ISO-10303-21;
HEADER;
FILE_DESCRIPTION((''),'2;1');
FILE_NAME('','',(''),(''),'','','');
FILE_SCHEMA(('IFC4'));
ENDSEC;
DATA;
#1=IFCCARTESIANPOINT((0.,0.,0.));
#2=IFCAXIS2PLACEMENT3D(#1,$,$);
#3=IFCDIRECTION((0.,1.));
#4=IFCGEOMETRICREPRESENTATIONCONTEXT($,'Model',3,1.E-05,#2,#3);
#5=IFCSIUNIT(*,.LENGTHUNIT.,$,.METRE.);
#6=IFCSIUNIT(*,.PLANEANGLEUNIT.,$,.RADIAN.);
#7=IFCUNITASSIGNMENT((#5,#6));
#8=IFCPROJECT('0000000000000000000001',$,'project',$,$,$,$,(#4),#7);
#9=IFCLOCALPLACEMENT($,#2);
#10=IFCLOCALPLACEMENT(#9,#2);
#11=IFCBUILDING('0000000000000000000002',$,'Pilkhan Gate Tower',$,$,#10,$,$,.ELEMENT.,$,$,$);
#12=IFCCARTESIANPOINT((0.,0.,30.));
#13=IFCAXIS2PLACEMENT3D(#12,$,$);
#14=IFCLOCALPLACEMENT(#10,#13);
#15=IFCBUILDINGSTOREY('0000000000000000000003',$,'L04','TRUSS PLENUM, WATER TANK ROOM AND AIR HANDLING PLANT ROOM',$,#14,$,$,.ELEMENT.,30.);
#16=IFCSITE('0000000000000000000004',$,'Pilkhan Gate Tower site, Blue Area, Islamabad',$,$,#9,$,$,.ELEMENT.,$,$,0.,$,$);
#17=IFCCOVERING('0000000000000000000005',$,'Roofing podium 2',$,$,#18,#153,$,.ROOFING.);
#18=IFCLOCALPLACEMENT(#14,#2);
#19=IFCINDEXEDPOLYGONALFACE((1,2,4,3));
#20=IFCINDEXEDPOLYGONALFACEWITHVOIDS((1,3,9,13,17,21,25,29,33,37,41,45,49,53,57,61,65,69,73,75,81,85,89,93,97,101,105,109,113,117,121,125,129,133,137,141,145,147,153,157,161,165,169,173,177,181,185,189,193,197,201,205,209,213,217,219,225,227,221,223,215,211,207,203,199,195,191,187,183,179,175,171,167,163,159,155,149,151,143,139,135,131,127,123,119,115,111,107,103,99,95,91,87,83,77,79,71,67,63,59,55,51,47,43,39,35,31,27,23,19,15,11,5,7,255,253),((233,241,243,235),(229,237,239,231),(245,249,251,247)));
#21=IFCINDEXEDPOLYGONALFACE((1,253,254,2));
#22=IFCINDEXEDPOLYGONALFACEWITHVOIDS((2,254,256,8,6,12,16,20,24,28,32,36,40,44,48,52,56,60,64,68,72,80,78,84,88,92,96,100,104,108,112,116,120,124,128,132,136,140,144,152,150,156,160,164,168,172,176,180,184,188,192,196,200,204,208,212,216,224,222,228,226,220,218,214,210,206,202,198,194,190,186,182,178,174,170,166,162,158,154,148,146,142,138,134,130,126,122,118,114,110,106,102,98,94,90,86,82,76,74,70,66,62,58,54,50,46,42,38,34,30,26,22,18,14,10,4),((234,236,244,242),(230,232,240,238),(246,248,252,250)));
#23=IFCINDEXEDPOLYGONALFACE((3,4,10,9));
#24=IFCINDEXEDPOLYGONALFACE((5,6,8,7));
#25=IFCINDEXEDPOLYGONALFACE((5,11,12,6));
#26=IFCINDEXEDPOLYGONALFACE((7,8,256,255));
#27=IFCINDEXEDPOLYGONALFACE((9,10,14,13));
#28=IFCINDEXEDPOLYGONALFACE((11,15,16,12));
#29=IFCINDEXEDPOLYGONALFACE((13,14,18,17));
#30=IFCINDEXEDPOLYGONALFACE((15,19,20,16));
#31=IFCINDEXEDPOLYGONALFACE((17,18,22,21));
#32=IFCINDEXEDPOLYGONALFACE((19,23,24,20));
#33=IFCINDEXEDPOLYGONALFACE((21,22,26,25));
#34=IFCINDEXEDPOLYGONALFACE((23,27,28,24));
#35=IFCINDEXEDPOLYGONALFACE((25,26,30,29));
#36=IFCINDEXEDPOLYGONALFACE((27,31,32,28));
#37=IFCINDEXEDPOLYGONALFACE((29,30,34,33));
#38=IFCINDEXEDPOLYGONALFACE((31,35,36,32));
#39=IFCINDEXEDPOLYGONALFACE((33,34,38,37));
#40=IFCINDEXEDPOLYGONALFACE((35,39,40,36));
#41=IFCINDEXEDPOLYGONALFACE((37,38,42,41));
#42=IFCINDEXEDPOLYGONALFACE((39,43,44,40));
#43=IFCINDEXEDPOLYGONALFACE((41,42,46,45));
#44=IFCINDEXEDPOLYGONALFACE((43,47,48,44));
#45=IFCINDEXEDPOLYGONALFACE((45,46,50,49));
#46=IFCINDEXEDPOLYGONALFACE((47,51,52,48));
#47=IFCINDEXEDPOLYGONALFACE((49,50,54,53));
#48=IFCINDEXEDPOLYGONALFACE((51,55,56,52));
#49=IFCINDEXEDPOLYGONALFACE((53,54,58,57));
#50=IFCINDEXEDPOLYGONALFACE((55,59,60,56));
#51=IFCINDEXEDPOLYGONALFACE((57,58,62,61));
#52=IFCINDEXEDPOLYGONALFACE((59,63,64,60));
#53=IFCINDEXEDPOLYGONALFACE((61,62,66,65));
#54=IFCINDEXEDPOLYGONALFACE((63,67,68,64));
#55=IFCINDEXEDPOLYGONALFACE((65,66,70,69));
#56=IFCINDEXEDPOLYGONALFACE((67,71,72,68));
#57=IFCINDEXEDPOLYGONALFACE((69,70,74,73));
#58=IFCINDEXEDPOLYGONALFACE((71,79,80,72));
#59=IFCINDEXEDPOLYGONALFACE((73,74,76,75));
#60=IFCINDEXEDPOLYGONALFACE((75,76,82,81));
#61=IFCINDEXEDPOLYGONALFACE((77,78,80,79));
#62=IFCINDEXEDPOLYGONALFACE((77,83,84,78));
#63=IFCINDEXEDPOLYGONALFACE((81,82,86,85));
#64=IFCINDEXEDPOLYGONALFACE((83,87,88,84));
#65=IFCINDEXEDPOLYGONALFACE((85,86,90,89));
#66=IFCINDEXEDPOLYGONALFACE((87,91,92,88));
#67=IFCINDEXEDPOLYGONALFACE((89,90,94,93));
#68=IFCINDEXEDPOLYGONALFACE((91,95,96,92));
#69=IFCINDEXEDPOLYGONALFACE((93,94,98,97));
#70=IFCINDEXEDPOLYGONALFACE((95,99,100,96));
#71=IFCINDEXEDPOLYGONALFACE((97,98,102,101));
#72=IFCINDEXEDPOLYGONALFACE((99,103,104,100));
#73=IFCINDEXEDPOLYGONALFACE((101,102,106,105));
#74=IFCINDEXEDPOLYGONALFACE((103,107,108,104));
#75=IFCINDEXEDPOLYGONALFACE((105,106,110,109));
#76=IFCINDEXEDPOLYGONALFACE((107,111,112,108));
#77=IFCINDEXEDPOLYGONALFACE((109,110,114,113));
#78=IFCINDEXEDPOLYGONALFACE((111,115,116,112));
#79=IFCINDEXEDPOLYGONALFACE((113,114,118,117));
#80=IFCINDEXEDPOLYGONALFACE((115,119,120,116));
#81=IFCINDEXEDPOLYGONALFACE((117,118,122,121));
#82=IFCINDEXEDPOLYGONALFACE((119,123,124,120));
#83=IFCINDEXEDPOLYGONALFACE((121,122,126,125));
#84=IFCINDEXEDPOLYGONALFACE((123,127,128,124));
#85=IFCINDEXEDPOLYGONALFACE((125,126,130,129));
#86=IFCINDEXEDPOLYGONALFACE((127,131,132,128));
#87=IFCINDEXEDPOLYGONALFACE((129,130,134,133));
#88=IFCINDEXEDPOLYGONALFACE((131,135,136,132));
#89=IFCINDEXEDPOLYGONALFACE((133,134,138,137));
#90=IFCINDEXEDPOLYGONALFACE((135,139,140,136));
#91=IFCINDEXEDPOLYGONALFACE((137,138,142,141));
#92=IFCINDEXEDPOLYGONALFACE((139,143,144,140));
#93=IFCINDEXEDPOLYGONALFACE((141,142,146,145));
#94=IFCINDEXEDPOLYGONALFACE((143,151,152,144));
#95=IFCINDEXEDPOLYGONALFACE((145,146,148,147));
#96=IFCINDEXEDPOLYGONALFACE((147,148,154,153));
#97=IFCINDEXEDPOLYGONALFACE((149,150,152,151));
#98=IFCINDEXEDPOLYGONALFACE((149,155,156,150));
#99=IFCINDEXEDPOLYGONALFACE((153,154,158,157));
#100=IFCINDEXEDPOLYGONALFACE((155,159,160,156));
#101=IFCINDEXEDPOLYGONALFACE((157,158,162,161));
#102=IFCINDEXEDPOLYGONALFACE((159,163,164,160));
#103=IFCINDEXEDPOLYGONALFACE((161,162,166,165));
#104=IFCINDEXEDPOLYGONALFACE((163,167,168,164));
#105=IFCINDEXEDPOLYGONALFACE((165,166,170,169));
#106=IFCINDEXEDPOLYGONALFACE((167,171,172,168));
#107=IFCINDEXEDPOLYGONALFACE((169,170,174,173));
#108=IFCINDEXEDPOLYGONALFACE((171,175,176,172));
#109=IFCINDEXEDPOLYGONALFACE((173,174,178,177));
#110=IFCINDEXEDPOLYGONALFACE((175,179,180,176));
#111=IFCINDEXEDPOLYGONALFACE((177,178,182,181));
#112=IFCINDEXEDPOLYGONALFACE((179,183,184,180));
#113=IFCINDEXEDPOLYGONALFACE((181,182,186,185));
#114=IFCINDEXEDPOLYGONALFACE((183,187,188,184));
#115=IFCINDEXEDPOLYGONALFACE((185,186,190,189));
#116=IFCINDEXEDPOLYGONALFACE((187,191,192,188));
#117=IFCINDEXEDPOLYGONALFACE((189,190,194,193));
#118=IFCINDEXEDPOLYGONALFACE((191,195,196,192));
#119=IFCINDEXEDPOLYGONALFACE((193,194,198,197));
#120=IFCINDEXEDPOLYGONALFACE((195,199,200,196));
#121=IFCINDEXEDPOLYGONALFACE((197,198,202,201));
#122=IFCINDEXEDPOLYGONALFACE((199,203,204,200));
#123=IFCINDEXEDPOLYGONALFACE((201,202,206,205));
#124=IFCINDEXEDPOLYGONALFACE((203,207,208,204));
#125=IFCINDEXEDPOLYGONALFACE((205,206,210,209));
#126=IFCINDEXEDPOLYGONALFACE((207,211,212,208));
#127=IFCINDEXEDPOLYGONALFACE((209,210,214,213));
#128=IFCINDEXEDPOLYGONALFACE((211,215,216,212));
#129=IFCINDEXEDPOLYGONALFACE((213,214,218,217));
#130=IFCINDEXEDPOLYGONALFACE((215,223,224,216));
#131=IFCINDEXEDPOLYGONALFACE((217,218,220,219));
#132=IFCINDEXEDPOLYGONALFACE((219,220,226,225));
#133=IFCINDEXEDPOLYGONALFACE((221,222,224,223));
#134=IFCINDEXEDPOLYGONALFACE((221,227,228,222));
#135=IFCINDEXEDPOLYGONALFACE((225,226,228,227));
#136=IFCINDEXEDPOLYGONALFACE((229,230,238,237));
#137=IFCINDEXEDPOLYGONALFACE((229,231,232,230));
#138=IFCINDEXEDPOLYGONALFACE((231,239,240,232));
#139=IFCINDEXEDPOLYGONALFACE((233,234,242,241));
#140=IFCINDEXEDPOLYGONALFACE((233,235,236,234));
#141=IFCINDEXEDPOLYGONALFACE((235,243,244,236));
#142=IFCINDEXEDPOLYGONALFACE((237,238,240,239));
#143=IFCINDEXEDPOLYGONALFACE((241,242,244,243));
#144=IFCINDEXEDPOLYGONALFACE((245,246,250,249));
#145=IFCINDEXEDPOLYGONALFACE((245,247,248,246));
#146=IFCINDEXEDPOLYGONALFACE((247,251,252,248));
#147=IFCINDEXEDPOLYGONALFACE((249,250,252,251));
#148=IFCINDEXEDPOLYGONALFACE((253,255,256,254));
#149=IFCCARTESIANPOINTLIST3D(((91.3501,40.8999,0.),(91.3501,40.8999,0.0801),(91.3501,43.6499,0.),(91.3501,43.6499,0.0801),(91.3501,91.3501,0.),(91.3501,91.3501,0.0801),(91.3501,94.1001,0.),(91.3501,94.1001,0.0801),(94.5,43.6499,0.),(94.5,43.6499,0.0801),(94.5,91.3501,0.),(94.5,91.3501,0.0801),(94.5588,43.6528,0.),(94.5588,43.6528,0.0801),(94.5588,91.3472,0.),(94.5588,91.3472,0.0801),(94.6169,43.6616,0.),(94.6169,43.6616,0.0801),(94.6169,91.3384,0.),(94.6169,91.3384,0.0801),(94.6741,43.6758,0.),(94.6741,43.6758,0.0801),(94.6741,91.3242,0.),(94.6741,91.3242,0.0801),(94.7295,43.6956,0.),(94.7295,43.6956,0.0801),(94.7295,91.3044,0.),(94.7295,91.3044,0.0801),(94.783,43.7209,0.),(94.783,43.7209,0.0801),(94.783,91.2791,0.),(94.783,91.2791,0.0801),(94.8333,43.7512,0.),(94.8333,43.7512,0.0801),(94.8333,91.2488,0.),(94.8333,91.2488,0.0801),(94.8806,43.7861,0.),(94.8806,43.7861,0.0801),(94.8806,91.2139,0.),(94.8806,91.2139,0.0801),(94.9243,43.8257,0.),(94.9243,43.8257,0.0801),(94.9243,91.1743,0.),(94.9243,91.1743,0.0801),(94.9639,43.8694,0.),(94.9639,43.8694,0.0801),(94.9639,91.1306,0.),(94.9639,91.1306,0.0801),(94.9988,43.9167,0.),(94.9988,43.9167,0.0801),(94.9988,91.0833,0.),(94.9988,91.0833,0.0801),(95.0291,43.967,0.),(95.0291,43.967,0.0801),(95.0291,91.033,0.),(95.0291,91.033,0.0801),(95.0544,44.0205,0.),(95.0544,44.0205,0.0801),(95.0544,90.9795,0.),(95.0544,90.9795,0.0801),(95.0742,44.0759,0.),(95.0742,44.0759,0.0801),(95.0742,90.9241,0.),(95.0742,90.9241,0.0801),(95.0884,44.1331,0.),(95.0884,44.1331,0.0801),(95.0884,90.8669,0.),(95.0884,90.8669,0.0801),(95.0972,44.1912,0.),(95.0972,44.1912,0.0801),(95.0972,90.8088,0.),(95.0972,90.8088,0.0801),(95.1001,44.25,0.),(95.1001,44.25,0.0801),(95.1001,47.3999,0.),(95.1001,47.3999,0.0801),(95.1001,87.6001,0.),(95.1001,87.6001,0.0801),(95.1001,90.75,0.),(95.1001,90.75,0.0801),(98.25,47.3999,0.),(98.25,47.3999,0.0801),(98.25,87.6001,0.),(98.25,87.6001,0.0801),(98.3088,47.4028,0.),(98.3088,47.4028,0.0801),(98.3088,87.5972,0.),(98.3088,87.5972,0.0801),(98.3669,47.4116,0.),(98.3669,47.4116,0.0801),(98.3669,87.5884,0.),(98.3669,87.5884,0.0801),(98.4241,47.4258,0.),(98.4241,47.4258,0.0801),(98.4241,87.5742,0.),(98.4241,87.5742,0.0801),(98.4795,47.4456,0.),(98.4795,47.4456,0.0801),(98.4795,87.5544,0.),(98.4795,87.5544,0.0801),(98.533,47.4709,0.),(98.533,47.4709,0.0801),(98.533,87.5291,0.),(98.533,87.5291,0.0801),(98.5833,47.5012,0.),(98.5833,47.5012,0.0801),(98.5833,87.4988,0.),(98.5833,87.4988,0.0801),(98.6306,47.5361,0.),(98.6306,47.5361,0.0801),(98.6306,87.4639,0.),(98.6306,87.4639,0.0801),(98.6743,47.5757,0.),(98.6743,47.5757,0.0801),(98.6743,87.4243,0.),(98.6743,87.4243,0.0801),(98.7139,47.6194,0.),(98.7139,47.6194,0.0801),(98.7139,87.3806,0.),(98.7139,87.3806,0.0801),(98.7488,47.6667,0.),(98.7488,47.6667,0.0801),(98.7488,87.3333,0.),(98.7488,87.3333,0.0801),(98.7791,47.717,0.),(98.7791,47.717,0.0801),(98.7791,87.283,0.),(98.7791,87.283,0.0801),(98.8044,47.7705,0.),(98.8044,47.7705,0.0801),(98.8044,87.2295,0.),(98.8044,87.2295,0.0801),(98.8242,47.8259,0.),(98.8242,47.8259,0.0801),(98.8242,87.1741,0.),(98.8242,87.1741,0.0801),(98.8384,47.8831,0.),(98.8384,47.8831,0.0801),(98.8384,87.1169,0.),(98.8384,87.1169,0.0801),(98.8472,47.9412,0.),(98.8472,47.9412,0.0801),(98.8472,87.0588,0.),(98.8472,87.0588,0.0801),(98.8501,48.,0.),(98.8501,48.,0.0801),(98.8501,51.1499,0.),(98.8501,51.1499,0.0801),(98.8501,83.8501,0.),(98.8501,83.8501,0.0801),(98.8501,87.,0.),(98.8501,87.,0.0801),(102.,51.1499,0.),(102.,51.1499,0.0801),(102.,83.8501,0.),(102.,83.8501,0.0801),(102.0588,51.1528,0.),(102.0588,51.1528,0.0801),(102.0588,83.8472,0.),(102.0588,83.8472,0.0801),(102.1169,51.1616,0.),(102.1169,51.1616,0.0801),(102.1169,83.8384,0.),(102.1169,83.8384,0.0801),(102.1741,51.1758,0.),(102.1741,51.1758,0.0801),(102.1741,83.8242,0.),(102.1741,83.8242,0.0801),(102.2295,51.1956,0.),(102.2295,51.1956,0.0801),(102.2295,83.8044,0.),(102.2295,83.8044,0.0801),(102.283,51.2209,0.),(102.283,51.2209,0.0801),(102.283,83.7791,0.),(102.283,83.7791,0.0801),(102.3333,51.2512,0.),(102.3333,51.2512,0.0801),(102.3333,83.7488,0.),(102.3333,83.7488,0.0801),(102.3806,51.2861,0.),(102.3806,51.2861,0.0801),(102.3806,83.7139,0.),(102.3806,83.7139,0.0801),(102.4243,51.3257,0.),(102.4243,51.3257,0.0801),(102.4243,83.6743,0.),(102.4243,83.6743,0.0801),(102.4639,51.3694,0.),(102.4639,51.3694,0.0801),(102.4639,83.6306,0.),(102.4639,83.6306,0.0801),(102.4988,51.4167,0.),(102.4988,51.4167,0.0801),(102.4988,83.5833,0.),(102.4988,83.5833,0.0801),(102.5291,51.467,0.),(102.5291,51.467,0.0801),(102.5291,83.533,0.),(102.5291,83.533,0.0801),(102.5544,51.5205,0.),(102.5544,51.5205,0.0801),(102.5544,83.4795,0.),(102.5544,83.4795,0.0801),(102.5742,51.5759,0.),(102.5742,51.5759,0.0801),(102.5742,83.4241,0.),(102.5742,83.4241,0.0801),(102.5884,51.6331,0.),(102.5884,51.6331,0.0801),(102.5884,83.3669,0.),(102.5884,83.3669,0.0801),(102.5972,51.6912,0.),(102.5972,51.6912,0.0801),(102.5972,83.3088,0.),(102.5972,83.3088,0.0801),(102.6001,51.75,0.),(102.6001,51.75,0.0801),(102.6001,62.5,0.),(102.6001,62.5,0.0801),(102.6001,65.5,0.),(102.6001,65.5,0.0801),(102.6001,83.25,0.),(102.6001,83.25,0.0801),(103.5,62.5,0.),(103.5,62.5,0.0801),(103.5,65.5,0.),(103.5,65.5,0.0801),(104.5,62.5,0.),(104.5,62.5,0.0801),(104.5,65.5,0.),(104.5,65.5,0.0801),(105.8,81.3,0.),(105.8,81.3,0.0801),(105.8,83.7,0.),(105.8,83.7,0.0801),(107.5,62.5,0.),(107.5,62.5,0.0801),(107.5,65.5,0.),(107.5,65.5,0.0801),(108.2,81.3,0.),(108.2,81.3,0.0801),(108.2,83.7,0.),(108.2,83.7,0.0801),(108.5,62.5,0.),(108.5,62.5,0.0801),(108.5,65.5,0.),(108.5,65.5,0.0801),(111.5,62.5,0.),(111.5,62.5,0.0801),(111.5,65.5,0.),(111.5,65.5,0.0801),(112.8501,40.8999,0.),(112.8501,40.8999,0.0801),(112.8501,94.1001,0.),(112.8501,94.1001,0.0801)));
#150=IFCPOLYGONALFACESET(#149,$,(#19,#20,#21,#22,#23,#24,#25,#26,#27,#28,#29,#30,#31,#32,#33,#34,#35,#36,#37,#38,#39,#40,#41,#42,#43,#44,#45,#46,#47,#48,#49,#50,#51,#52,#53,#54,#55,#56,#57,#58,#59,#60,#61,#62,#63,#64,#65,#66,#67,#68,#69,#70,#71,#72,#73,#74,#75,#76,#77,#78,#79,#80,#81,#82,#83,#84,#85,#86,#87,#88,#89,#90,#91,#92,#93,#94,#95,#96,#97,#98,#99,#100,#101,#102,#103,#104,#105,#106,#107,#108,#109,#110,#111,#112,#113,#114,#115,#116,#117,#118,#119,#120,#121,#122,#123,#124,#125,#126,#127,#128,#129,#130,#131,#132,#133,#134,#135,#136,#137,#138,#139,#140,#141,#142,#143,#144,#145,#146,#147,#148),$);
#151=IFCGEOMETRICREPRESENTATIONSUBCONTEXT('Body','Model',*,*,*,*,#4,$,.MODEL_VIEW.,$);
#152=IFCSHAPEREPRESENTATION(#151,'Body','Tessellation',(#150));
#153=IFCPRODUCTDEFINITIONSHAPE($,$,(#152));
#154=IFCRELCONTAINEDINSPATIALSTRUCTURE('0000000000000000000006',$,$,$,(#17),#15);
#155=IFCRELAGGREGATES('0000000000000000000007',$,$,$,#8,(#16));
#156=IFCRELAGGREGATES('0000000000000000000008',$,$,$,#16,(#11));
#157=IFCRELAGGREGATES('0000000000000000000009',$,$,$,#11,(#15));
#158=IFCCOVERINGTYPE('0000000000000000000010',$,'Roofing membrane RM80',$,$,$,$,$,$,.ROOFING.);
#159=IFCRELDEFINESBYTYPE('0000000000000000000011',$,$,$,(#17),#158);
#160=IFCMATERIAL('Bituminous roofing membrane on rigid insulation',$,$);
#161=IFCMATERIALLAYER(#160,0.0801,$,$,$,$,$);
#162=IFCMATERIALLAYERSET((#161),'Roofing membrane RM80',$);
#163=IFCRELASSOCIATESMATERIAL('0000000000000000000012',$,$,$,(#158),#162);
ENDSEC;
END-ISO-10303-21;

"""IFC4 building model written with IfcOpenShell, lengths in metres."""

from ifc_helpers import new_model, si_unit, direction, frame, origin, place, context, subcontext, project, spatial, polyline, outline, extrude, material, layer, layer_set, type_object, element, save


model = new_model("IFC4")

# Units and contexts
model_context = context("Model", 3, precision=1e-05, world=origin(), true_north=direction((0.0, 1.0)))
body_context = subcontext(model_context, "Body", "Model", "MODEL_VIEW")
ifc_project = project(units=[si_unit("LENGTHUNIT", "METRE"), si_unit("PLANEANGLEUNIT", "RADIAN")], contexts=[model_context])

# Site, building, storey
site_placement = place(None, origin())
site = spatial("IfcSite", under=ifc_project, at=site_placement, Name="Pilkhan Gate Tower site, Blue Area, Islamabad", CompositionType="ELEMENT", RefElevation=0.0)
building_placement = place(site_placement, origin())
building = spatial("IfcBuilding", under=site, at=building_placement, Name="Pilkhan Gate Tower", CompositionType="ELEMENT")
storey_placement = place(building_placement, frame((0.0, 0.0, 30.0)))
storey = spatial("IfcBuildingStorey", under=building, at=storey_placement, Name="L04", Description="TRUSS PLENUM, WATER TANK ROOM AND AIR HANDLING PLANT ROOM", CompositionType="ELEMENT", Elevation=30.0)

# Covering
ifc_material_1 = material(Name="Bituminous roofing membrane on rigid insulation")
ifc_layer_1 = layer(ifc_material_1, 0.0801)
ifc_layer_set_1 = layer_set([ifc_layer_1], Name="Roofing membrane RM80")
covering_type_1 = type_object("IfcCoveringType", Name="Roofing membrane RM80", PredefinedType="ROOFING", material=ifc_layer_set_1)
covering_1_placement = place(storey_placement, origin())
element("IfcCovering", 1, at=covering_1_placement, inside=storey, type_object=covering_type_1, Name="Roofing podium 2", PredefinedType="ROOFING", context=body_context, shape_type="SweptSolid", body=[
    extrude(outline(polyline([(112.8501, 40.8999), (91.3501, 40.8999), (91.3501, 43.6499), (94.5, 43.6499), (94.5588, 43.6528), (94.6169, 43.6616), (94.6741, 43.6758), (94.7295, 43.6956), (94.783, 43.7209), (94.8333, 43.7512), (94.8806, 43.7861), (94.9243, 43.8257), (94.9639, 43.8694), (94.9988, 43.9167), (95.0291, 43.967), (95.0544, 44.0205), (95.0742, 44.0759), (95.0884, 44.1331), (95.0972, 44.1912), (95.1001, 44.25), (95.1001, 47.3999), (98.25, 47.3999), (98.3088, 47.4028), (98.3669, 47.4116), (98.4241, 47.4258), (98.4795, 47.4456), (98.533, 47.4709), (98.5833, 47.5012), (98.6306, 47.5361), (98.6743, 47.5757), (98.7139, 47.6194), (98.7488, 47.6667), (98.7791, 47.717), (98.8044, 47.7705), (98.8242, 47.8259), (98.8384, 47.8831), (98.8472, 47.9412), (98.8501, 48.0), (98.8501, 51.1499), (102.0, 51.1499), (102.0588, 51.1528), (102.1169, 51.1616), (102.1741, 51.1758), (102.2295, 51.1956), (102.283, 51.2209), (102.3333, 51.2512), (102.3806, 51.2861), (102.4243, 51.3257), (102.4639, 51.3694), (102.4988, 51.4167), (102.5291, 51.467), (102.5544, 51.5205), (102.5742, 51.5759), (102.5884, 51.6331), (102.5972, 51.6912), (102.6001, 51.75), (102.6001, 62.5), (103.5, 62.5), (103.5, 65.5), (102.6001, 65.5), (102.6001, 83.25), (102.5972, 83.3088), (102.5884, 83.3669), (102.5742, 83.4241), (102.5544, 83.4795), (102.5291, 83.533), (102.4988, 83.5833), (102.4639, 83.6306), (102.4243, 83.6743), (102.3806, 83.7139), (102.3333, 83.7488), (102.283, 83.7791), (102.2295, 83.8044), (102.1741, 83.8242), (102.1169, 83.8384), (102.0588, 83.8472), (102.0, 83.8501), (98.8501, 83.8501), (98.8501, 87.0), (98.8472, 87.0588), (98.8384, 87.1169), (98.8242, 87.1741), (98.8044, 87.2295), (98.7791, 87.283), (98.7488, 87.3333), (98.7139, 87.3806), (98.6743, 87.4243), (98.6306, 87.4639), (98.5833, 87.4988), (98.533, 87.5291), (98.4795, 87.5544), (98.4241, 87.5742), (98.3669, 87.5884), (98.3088, 87.5972), (98.25, 87.6001), (95.1001, 87.6001), (95.1001, 90.75), (95.0972, 90.8088), (95.0884, 90.8669), (95.0742, 90.9241), (95.0544, 90.9795), (95.0291, 91.033), (94.9988, 91.0833), (94.9639, 91.1306), (94.9243, 91.1743), (94.8806, 91.2139), (94.8333, 91.2488), (94.783, 91.2791), (94.7295, 91.3044), (94.6741, 91.3242), (94.6169, 91.3384), (94.5588, 91.3472), (94.5, 91.3501), (91.3501, 91.3501), (91.3501, 94.1001), (112.8501, 94.1001), (112.8501, 40.8999)]), holes=[polyline([(104.5, 65.5), (104.5, 62.5), (107.5, 62.5), (107.5, 65.5), (104.5, 65.5)]), polyline([(108.5, 65.5), (108.5, 62.5), (111.5, 62.5), (111.5, 65.5), (108.5, 65.5)]), polyline([(105.8, 83.7), (105.8, 81.3), (108.2, 81.3), (108.2, 83.7), (105.8, 83.7)])]), origin(), (0.0, 0.0, 1.0), 0.0801),
])

save(model, "model.ifc")
